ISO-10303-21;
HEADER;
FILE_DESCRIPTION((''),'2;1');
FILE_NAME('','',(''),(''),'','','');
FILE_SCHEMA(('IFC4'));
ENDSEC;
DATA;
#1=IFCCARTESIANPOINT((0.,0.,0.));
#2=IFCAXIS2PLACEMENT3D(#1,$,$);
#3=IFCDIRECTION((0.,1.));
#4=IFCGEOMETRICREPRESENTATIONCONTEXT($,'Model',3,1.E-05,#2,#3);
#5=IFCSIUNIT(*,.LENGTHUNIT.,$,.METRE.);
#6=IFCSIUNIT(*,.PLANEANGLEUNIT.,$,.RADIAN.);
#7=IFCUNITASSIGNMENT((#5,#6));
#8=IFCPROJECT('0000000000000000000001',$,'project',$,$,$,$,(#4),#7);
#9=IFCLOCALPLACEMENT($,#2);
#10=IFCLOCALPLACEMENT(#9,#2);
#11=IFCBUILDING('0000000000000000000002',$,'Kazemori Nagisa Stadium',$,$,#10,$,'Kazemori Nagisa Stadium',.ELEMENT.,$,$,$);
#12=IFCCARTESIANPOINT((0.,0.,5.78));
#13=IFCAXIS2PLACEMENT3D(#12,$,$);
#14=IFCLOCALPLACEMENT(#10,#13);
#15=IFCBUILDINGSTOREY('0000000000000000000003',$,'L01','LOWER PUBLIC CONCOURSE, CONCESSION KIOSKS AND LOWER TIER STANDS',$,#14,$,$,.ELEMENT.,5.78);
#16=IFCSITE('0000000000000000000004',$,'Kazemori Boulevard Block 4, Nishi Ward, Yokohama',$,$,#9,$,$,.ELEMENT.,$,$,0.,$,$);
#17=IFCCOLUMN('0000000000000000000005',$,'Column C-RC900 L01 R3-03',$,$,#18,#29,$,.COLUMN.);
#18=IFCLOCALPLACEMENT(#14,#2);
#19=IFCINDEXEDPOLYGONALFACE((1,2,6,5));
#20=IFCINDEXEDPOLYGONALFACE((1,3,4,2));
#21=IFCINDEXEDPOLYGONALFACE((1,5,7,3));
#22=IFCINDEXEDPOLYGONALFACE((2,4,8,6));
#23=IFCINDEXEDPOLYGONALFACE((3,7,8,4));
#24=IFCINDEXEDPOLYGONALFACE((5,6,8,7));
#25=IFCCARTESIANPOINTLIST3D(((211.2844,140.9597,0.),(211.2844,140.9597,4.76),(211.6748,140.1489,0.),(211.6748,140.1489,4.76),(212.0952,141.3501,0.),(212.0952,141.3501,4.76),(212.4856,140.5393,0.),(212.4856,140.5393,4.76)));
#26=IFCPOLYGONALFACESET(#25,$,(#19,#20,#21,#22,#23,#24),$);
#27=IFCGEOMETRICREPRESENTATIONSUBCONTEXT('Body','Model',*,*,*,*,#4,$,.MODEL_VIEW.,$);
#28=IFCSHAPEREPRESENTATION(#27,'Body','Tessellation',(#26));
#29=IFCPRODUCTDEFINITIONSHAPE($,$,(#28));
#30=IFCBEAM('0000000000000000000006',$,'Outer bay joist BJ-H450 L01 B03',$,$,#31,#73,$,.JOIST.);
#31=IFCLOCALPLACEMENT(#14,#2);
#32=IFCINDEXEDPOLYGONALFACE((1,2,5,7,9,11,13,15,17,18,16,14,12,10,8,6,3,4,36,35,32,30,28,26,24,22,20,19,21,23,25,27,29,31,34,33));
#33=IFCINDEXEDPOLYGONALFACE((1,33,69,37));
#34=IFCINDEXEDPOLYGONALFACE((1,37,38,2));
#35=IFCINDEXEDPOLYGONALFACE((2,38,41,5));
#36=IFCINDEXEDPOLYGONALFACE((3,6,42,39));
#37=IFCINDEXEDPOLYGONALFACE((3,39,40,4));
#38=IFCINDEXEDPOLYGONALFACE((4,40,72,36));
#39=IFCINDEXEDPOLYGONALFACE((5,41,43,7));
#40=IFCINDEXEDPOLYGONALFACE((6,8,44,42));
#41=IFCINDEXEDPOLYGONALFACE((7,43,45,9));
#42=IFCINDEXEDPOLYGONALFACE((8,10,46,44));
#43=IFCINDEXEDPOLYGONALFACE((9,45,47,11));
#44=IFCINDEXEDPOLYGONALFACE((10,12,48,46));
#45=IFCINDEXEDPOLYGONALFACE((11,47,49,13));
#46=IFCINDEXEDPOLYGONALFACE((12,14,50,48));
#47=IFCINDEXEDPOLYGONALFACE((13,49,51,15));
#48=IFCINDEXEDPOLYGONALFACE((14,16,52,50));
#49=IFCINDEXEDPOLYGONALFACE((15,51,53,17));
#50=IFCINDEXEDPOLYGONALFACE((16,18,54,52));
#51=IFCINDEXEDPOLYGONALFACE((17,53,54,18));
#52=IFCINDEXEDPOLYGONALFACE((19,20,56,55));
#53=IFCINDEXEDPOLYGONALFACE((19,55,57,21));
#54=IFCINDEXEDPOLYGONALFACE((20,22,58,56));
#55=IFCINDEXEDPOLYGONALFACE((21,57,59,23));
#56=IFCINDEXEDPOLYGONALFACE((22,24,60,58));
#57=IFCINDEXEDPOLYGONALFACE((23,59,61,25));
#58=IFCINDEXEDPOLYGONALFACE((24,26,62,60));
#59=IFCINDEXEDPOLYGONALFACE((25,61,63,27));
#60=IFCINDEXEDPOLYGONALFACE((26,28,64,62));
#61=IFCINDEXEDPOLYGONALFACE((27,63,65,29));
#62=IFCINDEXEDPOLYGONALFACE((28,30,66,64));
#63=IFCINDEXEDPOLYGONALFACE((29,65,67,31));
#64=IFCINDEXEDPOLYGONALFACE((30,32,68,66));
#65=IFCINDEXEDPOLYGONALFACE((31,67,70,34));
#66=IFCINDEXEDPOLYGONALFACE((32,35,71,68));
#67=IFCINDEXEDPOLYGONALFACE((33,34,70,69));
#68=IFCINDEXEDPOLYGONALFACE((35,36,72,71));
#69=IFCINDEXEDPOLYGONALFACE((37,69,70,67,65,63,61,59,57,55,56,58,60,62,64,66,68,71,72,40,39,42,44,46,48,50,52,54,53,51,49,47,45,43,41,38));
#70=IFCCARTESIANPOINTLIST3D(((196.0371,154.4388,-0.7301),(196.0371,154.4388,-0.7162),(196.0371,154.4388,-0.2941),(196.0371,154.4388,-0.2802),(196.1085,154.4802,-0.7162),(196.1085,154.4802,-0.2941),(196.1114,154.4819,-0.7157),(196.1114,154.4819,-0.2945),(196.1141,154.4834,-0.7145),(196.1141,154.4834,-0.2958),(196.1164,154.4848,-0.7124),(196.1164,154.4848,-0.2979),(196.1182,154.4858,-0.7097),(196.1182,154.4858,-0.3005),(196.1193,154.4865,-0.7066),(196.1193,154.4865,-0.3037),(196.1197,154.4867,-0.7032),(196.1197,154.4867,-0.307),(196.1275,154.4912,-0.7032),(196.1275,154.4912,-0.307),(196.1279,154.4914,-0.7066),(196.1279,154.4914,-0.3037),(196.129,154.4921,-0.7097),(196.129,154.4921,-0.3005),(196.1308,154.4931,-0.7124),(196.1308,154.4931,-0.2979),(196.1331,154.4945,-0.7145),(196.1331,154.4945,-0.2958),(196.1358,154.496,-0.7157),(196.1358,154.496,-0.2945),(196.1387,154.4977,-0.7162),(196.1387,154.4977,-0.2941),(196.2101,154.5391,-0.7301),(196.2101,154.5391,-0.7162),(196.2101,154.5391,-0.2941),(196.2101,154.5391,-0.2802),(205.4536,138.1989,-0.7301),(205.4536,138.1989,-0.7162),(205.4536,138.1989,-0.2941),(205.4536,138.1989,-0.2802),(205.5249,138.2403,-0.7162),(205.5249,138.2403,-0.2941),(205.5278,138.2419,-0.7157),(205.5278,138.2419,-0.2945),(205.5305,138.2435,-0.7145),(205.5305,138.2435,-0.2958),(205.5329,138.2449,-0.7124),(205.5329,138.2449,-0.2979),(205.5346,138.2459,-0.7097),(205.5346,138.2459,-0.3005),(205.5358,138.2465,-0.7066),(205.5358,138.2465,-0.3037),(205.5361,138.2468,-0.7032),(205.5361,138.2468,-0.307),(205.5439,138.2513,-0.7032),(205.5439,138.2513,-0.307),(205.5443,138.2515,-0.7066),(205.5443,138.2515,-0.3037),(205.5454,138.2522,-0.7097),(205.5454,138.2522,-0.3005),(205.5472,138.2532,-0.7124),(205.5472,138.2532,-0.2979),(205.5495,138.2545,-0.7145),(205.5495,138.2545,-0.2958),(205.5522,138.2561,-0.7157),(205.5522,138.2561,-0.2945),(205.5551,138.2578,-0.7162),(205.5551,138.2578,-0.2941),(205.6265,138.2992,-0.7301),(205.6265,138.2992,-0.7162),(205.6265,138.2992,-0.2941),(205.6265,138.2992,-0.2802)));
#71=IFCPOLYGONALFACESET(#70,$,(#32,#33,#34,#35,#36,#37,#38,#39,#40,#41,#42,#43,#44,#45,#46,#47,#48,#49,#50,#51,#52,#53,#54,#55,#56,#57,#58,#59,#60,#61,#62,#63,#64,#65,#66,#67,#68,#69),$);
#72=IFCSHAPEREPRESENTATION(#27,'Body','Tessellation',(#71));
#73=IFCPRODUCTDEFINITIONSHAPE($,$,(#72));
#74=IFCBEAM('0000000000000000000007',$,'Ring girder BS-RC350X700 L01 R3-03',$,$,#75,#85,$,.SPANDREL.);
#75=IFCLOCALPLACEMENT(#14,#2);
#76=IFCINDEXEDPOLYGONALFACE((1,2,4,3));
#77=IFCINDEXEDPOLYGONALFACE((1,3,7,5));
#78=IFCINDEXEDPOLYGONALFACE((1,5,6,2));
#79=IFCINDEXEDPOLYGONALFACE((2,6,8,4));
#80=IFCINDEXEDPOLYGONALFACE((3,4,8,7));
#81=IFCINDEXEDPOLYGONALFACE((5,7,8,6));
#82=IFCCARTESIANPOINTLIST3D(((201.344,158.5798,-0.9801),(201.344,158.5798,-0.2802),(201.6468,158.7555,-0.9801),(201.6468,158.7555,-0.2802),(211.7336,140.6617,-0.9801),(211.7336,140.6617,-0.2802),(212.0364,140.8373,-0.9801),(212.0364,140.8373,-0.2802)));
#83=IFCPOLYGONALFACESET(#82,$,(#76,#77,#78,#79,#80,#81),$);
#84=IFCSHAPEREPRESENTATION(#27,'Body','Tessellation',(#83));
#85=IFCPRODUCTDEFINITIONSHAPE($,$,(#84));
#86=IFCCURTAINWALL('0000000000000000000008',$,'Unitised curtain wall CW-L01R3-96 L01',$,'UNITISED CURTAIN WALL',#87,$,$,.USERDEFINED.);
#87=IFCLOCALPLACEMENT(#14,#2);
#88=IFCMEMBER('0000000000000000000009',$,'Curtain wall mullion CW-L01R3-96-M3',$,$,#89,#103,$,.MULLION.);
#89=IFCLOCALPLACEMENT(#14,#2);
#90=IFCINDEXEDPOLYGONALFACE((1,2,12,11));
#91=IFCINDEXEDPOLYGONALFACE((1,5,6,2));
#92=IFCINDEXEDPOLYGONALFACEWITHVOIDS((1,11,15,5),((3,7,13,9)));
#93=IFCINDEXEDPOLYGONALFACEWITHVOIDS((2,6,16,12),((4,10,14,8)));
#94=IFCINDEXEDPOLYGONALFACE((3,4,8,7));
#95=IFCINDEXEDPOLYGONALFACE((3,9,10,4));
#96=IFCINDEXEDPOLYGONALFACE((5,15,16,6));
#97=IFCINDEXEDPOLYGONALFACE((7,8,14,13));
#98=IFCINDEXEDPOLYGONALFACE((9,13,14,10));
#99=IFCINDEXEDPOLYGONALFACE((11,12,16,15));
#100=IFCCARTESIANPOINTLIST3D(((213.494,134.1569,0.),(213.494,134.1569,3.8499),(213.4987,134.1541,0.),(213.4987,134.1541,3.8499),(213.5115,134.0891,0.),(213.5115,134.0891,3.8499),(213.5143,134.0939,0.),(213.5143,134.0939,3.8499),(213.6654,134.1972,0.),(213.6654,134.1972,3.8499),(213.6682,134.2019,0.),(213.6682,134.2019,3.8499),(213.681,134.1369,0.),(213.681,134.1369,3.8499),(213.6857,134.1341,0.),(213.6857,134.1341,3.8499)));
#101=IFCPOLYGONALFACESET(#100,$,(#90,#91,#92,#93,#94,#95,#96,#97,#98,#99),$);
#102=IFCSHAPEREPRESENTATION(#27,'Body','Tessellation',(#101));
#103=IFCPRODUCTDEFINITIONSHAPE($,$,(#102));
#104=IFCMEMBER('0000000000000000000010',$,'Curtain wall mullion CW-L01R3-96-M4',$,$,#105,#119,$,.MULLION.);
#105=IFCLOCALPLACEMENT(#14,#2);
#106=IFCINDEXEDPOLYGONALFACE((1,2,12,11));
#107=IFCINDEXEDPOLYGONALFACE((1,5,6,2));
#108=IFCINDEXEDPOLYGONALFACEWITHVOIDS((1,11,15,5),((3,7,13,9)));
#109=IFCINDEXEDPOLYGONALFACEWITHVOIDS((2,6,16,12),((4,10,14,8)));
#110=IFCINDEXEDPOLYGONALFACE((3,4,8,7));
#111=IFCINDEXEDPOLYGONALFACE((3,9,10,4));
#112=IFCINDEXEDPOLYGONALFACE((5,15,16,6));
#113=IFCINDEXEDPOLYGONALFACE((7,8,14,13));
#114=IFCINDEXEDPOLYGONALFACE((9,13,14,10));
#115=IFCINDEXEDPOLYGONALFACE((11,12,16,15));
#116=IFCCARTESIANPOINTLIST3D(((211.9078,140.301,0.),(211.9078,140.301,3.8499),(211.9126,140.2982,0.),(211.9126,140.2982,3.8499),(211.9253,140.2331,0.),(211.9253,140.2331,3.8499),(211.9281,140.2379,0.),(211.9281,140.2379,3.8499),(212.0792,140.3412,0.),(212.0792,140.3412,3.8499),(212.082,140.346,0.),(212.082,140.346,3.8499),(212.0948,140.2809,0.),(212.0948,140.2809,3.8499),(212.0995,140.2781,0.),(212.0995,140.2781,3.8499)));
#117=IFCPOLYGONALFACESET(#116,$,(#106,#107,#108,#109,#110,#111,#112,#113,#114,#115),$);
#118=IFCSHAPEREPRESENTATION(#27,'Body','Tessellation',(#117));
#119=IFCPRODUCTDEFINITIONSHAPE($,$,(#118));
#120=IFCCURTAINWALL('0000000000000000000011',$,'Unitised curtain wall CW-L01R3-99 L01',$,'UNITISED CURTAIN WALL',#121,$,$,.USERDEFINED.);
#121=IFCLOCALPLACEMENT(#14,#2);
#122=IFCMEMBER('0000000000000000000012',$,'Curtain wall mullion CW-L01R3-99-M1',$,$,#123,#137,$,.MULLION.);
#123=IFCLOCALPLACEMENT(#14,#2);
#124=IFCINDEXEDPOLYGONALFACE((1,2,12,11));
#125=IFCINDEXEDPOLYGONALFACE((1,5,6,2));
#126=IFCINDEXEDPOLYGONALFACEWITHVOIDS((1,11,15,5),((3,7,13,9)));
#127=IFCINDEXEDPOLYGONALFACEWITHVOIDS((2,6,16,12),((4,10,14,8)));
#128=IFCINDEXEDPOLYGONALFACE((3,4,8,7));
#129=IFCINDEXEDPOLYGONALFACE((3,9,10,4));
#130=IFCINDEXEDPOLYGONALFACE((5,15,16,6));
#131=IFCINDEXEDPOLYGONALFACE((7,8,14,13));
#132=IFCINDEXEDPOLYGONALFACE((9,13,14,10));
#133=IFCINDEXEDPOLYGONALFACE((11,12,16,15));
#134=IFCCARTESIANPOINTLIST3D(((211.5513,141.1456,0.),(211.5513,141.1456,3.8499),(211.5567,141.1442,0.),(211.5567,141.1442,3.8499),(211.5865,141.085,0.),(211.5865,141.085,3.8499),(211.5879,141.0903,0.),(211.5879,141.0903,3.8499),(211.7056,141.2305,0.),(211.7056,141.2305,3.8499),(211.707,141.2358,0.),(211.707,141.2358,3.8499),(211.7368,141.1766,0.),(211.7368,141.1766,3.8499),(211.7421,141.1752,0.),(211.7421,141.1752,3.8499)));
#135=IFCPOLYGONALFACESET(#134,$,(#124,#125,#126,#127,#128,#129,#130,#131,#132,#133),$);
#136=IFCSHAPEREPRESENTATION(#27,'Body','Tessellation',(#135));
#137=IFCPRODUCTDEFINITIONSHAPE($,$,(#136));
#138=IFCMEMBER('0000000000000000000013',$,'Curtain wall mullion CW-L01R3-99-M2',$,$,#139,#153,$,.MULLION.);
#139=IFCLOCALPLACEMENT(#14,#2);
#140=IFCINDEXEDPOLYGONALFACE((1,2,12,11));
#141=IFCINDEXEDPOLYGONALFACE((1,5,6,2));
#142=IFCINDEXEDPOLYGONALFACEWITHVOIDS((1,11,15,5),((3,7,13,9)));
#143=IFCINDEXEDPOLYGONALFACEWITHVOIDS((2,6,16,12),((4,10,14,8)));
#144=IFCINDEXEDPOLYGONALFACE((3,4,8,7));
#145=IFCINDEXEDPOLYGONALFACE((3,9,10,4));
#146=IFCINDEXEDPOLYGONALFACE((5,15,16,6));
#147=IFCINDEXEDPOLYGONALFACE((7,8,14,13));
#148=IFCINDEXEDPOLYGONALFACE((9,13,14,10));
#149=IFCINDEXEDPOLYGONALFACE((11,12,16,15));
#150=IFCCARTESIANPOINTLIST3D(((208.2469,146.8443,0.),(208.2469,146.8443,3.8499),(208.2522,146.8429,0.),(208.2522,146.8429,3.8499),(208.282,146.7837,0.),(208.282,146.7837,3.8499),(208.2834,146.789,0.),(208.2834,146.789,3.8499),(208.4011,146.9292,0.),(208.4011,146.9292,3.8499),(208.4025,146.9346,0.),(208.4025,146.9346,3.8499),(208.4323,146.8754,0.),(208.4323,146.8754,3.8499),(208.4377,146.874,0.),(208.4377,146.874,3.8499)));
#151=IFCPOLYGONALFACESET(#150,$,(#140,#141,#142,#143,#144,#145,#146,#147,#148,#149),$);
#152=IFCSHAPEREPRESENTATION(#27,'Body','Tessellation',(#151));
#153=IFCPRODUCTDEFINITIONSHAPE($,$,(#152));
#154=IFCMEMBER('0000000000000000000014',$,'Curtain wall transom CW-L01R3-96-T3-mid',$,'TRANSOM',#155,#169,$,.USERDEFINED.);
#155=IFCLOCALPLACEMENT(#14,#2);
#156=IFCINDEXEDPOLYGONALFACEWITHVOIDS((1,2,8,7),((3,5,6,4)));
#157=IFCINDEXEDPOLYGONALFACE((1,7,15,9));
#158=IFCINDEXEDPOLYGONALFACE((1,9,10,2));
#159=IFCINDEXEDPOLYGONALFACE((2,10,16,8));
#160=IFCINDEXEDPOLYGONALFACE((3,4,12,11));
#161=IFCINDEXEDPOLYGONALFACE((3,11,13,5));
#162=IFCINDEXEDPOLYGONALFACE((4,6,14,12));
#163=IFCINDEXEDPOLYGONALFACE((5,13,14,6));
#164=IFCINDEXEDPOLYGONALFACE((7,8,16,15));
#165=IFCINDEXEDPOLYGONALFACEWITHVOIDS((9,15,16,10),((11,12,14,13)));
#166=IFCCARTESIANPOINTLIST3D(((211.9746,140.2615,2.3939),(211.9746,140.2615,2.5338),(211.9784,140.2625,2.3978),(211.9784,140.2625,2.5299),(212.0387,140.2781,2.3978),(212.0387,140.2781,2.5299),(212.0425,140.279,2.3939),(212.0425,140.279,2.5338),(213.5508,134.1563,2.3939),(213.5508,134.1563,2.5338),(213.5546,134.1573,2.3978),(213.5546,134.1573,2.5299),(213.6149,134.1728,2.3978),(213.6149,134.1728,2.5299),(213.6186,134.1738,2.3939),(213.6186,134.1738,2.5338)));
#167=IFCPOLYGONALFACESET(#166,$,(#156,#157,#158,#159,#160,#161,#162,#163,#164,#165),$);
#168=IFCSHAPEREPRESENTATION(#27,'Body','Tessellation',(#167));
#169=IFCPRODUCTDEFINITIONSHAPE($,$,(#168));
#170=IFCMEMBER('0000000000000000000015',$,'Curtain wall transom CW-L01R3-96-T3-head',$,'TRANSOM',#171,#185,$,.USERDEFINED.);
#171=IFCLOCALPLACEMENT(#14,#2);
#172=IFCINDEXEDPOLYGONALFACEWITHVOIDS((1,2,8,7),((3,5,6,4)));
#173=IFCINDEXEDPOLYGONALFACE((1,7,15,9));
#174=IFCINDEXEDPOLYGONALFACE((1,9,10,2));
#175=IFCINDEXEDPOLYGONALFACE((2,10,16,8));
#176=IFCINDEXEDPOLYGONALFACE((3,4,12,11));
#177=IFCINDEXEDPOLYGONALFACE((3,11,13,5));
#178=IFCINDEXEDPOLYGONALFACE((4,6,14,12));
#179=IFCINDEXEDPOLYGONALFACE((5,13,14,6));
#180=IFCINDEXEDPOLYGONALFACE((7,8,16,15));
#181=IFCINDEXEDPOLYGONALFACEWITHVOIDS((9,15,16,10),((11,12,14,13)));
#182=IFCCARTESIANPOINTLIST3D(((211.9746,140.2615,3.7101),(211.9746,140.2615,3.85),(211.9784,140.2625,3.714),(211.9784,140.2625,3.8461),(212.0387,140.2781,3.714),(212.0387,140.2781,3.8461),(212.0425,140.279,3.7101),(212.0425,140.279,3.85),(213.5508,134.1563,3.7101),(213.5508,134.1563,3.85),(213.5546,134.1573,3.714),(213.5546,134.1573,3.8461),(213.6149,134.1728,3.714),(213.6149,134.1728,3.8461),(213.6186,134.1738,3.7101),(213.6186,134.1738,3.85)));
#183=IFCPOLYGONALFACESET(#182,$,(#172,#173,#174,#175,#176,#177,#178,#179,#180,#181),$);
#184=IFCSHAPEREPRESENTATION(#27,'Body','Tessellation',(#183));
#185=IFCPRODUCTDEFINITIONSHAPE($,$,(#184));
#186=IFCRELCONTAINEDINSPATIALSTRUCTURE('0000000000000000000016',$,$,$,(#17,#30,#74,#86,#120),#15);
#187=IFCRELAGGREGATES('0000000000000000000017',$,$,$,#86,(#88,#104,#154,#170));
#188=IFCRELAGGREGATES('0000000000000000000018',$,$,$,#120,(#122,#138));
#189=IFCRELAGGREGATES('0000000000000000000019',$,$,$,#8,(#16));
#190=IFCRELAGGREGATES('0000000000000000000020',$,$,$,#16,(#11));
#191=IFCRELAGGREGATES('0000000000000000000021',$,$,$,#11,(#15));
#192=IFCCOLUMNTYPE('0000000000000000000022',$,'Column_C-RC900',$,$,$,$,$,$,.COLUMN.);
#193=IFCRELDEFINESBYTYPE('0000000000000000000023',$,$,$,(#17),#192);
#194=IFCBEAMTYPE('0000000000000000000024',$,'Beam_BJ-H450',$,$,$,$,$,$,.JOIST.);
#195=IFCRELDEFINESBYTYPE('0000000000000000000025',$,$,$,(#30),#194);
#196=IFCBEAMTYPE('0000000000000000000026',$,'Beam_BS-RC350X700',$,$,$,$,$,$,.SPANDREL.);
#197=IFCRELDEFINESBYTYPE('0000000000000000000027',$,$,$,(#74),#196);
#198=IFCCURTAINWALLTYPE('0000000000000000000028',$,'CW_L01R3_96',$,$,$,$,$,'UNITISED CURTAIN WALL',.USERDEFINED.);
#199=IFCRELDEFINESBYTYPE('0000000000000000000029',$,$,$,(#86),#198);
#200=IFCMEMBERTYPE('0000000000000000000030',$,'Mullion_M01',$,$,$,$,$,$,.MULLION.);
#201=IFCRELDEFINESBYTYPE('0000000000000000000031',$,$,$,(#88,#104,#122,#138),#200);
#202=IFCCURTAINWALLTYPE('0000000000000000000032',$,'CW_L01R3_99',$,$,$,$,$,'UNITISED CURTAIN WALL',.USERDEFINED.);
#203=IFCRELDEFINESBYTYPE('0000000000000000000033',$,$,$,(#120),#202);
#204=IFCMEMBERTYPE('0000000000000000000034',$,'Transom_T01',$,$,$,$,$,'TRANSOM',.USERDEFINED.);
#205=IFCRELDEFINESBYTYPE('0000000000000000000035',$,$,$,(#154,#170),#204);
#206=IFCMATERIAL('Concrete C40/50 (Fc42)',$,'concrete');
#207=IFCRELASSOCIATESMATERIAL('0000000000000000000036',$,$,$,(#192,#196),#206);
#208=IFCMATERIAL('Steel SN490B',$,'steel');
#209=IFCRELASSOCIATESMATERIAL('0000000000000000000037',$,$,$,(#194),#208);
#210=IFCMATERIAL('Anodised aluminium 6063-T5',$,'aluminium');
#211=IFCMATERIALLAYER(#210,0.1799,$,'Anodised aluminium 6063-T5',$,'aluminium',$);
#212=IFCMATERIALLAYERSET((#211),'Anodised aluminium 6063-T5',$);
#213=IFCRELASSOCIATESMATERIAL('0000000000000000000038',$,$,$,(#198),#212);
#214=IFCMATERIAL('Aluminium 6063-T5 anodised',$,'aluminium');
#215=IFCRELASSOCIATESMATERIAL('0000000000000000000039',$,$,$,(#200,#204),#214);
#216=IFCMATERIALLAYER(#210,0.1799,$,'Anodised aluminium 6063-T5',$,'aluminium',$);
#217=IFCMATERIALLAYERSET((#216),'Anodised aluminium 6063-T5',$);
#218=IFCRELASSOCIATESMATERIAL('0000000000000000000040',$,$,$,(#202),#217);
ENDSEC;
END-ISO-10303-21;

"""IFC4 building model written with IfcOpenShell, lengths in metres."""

from ifc_helpers import new_model, si_unit, direction, frame, origin, origin_2d, place, context, subcontext, project, spatial, rectangle, hollow_rectangle, i_section, extrude, material, layer, layer_set, material_profile, profile_set, type_object, element, aggregate, save


model = new_model("IFC4")

# Units and contexts
model_context = context("Model", 3, precision=1e-05, world=origin(), true_north=direction((0.0, 1.0)))
body_context = subcontext(model_context, "Body", "Model", "MODEL_VIEW")
ifc_project = project(units=[si_unit("LENGTHUNIT", "METRE"), si_unit("PLANEANGLEUNIT", "RADIAN")], contexts=[model_context])

# Site, building, storey
site_placement = place(None, origin())
site = spatial("IfcSite", under=ifc_project, at=site_placement, Name="Kazemori Boulevard Block 4, Nishi Ward, Yokohama", CompositionType="ELEMENT", RefElevation=0.0)
building_placement = place(site_placement, origin())
building = spatial("IfcBuilding", under=site, at=building_placement, Name="Kazemori Nagisa Stadium", LongName="Kazemori Nagisa Stadium", CompositionType="ELEMENT")
storey_placement = place(building_placement, frame((0.0, 0.0, 5.78)))
storey = spatial("IfcBuildingStorey", under=building, at=storey_placement, Name="L01", Description="LOWER PUBLIC CONCOURSE, CONCESSION KIOSKS AND LOWER TIER STANDS", CompositionType="ELEMENT", Elevation=5.78)

# Column
ifc_material_1 = material(Name="Concrete C40/50 (Fc42)", Category="concrete")
ifc_material_profile_1 = material_profile(ifc_material_1, rectangle(XDim=0.8999, YDim=0.8999, at=origin_2d()), Name="RC-COL-900x900")
ifc_profile_set_1 = profile_set([ifc_material_profile_1], Name="Concrete C40/50 (Fc42)")
column_type = type_object("IfcColumnType", Name="Column_C-RC900", PredefinedType="COLUMN", material=ifc_profile_set_1)
column_placement = place(storey_placement, frame((211.885, 140.7495, 0.0), z_axis=(0.0, 0.0, 1.0), x_axis=(0.900969, 0.433884, 0.0)))
element("IfcColumn", 1, at=column_placement, inside=storey, type_object=column_type, Name="Column C-RC900 L01 R3-03", PredefinedType="COLUMN", context=body_context, shape_type="SweptSolid", body=[
    extrude(rectangle(XDim=0.8999, YDim=0.8999, at=origin_2d()), origin(), (0.0, 0.0, 1.0), 4.76),
])

# Beams
ifc_material_2 = material(Name="Steel SN490B", Category="steel")
ifc_material_profile_2 = material_profile(ifc_material_2, i_section(OverallWidth=0.2, OverallDepth=0.45, WebThickness=0.009, FlangeThickness=0.0139, FilletRadius=0.0129, at=origin_2d()), Name="H-450x200x9x14")
ifc_profile_set_2 = profile_set([ifc_material_profile_2], Name="Steel SN490B")
beam_type_1 = type_object("IfcBeamType", Name="Beam_BJ-H450", PredefinedType="JOIST", material=ifc_profile_set_2)
beam_1_placement = place(storey_placement, frame((205.54, 138.249, -0.5051), z_axis=(-0.501611, 0.865093, 0.0), x_axis=(-0.865093, -0.501611, 0.0)))
element("IfcBeam", 2, at=beam_1_placement, inside=storey, type_object=beam_type_1, Name="Outer bay joist BJ-H450 L01 B03", PredefinedType="JOIST", context=body_context, shape_type="SweptSolid", body=[
    extrude(i_section(OverallWidth=0.2, OverallDepth=0.45, WebThickness=0.009, FlangeThickness=0.0139, FilletRadius=0.0129, at=origin_2d()), origin(), (0.0, 0.0, 1.0), 18.7725),
])
ifc_material_profile_3 = material_profile(ifc_material_1, rectangle(XDim=0.3501, YDim=0.7, at=origin_2d()), Name="RC-SP-350x700")
ifc_profile_set_3 = profile_set([ifc_material_profile_3], Name="Concrete C40/50 (Fc42)")
beam_type_2 = type_object("IfcBeamType", Name="Beam_BS-RC350X700", PredefinedType="SPANDREL", material=ifc_profile_set_3)
beam_2_placement = place(storey_placement, frame((211.885, 140.7495, -0.6301), z_axis=(-0.501613, 0.865092, 0.0), x_axis=(-0.865092, -0.501613, 0.0)))
element("IfcBeam", 3, at=beam_2_placement, inside=storey, type_object=beam_type_2, Name="Ring girder BS-RC350X700 L01 R3-03", PredefinedType="SPANDREL", context=body_context, shape_type="SweptSolid", body=[
    extrude(rectangle(XDim=0.3501, YDim=0.7, at=origin_2d()), origin(), (0.0, 0.0, 1.0), 20.7124),
])

# Curtain walls, members
ifc_material_3 = material(Name="Anodised aluminium 6063-T5", Category="aluminium")
ifc_layer_1 = layer(ifc_material_3, 0.1799, Name="Anodised aluminium 6063-T5", Category="aluminium")
ifc_layer_set_1 = layer_set([ifc_layer_1], Name="Anodised aluminium 6063-T5")
curtain_wall_type_1 = type_object("IfcCurtainWallType", Name="CW_L01R3_96", ElementType="UNITISED CURTAIN WALL", PredefinedType="USERDEFINED", material=ifc_layer_set_1)
curtain_wall_1_placement = place(storey_placement, origin())
curtain_wall_1 = element("IfcCurtainWall", 4, at=curtain_wall_1_placement, inside=storey, type_object=curtain_wall_type_1, Name="Unitised curtain wall CW-L01R3-96 L01", ObjectType="UNITISED CURTAIN WALL", PredefinedType="USERDEFINED")
ifc_material_4 = material(Name="Aluminium 6063-T5 anodised", Category="aluminium")
ifc_material_profile_4 = material_profile(ifc_material_4, hollow_rectangle(XDim=0.0701, YDim=0.1799, WallThickness=0.0039, at=origin_2d()), Name="ALU-MULL-70x180x4")
ifc_profile_set_4 = profile_set([ifc_material_profile_4], Name="Aluminium 6063-T5 anodised")
member_type_1 = type_object("IfcMemberType", Name="Mullion_M01", PredefinedType="MULLION", material=ifc_profile_set_4)
member_1_placement = place(storey_placement, frame((213.5898, 134.1455, 0.0), z_axis=(0.0, 0.0, 1.0), x_axis=(-0.249965, 0.968255, 0.0)))
member_1 = element("IfcMember", 5, at=member_1_placement, type_object=member_type_1, Name="Curtain wall mullion CW-L01R3-96-M3", PredefinedType="MULLION", context=body_context, shape_type="SweptSolid", body=[
    extrude(hollow_rectangle(XDim=0.0701, YDim=0.1799, WallThickness=0.0039, at=origin_2d()), origin(), (0.0, 0.0, 1.0), 3.8499),
])
member_2_placement = place(storey_placement, frame((212.0037, 140.2896, 0.0), z_axis=(0.0, 0.0, 1.0), x_axis=(-0.249965, 0.968255, 0.0)))
member_2 = element("IfcMember", 6, at=member_2_placement, type_object=member_type_1, Name="Curtain wall mullion CW-L01R3-96-M4", PredefinedType="MULLION", context=body_context, shape_type="SweptSolid", body=[
    extrude(hollow_rectangle(XDim=0.0701, YDim=0.1799, WallThickness=0.0039, at=origin_2d()), origin(), (0.0, 0.0, 1.0), 3.8499),
])
ifc_layer_2 = layer(ifc_material_3, 0.1799, Name="Anodised aluminium 6063-T5", Category="aluminium")
ifc_layer_set_2 = layer_set([ifc_layer_2], Name="Anodised aluminium 6063-T5")
curtain_wall_type_2 = type_object("IfcCurtainWallType", Name="CW_L01R3_99", ElementType="UNITISED CURTAIN WALL", PredefinedType="USERDEFINED", material=ifc_layer_set_2)
curtain_wall_2_placement = place(storey_placement, origin())
curtain_wall_2 = element("IfcCurtainWall", 7, at=curtain_wall_2_placement, inside=storey, type_object=curtain_wall_type_2, Name="Unitised curtain wall CW-L01R3-99 L01", ObjectType="UNITISED CURTAIN WALL", PredefinedType="USERDEFINED")
member_3_placement = place(storey_placement, frame((211.6467, 141.1604, 0.0), z_axis=(0.0, 0.0, 1.0), x_axis=(-0.501612, 0.865093, 0.0)))
member_3 = element("IfcMember", 8, at=member_3_placement, type_object=member_type_1, Name="Curtain wall mullion CW-L01R3-99-M1", PredefinedType="MULLION", context=body_context, shape_type="SweptSolid", body=[
    extrude(hollow_rectangle(XDim=0.0701, YDim=0.1799, WallThickness=0.0039, at=origin_2d()), origin(), (0.0, 0.0, 1.0), 3.8499),
])
member_4_placement = place(storey_placement, frame((208.3423, 146.8591, 0.0), z_axis=(0.0, 0.0, 1.0), x_axis=(-0.501612, 0.865093, 0.0)))
member_4 = element("IfcMember", 9, at=member_4_placement, type_object=member_type_1, Name="Curtain wall mullion CW-L01R3-99-M2", PredefinedType="MULLION", context=body_context, shape_type="SweptSolid", body=[
    extrude(hollow_rectangle(XDim=0.0701, YDim=0.1799, WallThickness=0.0039, at=origin_2d()), origin(), (0.0, 0.0, 1.0), 3.8499),
])

# Members
ifc_material_profile_5 = material_profile(ifc_material_4, hollow_rectangle(XDim=0.0701, YDim=0.1399, WallThickness=0.0039, at=origin_2d()), Name="ALU-TRAN-70x140x4")
ifc_profile_set_5 = profile_set([ifc_material_profile_5], Name="Aluminium 6063-T5 anodised")
member_type_2 = type_object("IfcMemberType", Name="Transom_T01", ElementType="TRANSOM", PredefinedType="USERDEFINED", material=ifc_profile_set_5)
member_5_placement = place(storey_placement, frame((213.5847, 134.165, 2.4639), z_axis=(-0.249972, 0.968253, 0.0), x_axis=(-0.968253, -0.249972, 0.0)))
member_5 = element("IfcMember", 10, at=member_5_placement, type_object=member_type_2, Name="Curtain wall transom CW-L01R3-96-T3-mid", ObjectType="TRANSOM", PredefinedType="USERDEFINED", context=body_context, shape_type="SweptSolid", body=[
    extrude(hollow_rectangle(XDim=0.0701, YDim=0.1399, WallThickness=0.0039, at=origin_2d()), origin(), (0.0, 0.0, 1.0), 6.3054),
])
member_6_placement = place(storey_placement, frame((213.5847, 134.165, 3.78), z_axis=(-0.249972, 0.968253, 0.0), x_axis=(-0.968253, -0.249972, 0.0)))
member_6 = element("IfcMember", 11, at=member_6_placement, type_object=member_type_2, Name="Curtain wall transom CW-L01R3-96-T3-head", ObjectType="TRANSOM", PredefinedType="USERDEFINED", context=body_context, shape_type="SweptSolid", body=[
    extrude(hollow_rectangle(XDim=0.0701, YDim=0.1399, WallThickness=0.0039, at=origin_2d()), origin(), (0.0, 0.0, 1.0), 6.3054),
])

aggregate(curtain_wall_1, [member_1, member_2, member_5, member_6])
aggregate(curtain_wall_2, [member_3, member_4])

save(model, "model.ifc")
